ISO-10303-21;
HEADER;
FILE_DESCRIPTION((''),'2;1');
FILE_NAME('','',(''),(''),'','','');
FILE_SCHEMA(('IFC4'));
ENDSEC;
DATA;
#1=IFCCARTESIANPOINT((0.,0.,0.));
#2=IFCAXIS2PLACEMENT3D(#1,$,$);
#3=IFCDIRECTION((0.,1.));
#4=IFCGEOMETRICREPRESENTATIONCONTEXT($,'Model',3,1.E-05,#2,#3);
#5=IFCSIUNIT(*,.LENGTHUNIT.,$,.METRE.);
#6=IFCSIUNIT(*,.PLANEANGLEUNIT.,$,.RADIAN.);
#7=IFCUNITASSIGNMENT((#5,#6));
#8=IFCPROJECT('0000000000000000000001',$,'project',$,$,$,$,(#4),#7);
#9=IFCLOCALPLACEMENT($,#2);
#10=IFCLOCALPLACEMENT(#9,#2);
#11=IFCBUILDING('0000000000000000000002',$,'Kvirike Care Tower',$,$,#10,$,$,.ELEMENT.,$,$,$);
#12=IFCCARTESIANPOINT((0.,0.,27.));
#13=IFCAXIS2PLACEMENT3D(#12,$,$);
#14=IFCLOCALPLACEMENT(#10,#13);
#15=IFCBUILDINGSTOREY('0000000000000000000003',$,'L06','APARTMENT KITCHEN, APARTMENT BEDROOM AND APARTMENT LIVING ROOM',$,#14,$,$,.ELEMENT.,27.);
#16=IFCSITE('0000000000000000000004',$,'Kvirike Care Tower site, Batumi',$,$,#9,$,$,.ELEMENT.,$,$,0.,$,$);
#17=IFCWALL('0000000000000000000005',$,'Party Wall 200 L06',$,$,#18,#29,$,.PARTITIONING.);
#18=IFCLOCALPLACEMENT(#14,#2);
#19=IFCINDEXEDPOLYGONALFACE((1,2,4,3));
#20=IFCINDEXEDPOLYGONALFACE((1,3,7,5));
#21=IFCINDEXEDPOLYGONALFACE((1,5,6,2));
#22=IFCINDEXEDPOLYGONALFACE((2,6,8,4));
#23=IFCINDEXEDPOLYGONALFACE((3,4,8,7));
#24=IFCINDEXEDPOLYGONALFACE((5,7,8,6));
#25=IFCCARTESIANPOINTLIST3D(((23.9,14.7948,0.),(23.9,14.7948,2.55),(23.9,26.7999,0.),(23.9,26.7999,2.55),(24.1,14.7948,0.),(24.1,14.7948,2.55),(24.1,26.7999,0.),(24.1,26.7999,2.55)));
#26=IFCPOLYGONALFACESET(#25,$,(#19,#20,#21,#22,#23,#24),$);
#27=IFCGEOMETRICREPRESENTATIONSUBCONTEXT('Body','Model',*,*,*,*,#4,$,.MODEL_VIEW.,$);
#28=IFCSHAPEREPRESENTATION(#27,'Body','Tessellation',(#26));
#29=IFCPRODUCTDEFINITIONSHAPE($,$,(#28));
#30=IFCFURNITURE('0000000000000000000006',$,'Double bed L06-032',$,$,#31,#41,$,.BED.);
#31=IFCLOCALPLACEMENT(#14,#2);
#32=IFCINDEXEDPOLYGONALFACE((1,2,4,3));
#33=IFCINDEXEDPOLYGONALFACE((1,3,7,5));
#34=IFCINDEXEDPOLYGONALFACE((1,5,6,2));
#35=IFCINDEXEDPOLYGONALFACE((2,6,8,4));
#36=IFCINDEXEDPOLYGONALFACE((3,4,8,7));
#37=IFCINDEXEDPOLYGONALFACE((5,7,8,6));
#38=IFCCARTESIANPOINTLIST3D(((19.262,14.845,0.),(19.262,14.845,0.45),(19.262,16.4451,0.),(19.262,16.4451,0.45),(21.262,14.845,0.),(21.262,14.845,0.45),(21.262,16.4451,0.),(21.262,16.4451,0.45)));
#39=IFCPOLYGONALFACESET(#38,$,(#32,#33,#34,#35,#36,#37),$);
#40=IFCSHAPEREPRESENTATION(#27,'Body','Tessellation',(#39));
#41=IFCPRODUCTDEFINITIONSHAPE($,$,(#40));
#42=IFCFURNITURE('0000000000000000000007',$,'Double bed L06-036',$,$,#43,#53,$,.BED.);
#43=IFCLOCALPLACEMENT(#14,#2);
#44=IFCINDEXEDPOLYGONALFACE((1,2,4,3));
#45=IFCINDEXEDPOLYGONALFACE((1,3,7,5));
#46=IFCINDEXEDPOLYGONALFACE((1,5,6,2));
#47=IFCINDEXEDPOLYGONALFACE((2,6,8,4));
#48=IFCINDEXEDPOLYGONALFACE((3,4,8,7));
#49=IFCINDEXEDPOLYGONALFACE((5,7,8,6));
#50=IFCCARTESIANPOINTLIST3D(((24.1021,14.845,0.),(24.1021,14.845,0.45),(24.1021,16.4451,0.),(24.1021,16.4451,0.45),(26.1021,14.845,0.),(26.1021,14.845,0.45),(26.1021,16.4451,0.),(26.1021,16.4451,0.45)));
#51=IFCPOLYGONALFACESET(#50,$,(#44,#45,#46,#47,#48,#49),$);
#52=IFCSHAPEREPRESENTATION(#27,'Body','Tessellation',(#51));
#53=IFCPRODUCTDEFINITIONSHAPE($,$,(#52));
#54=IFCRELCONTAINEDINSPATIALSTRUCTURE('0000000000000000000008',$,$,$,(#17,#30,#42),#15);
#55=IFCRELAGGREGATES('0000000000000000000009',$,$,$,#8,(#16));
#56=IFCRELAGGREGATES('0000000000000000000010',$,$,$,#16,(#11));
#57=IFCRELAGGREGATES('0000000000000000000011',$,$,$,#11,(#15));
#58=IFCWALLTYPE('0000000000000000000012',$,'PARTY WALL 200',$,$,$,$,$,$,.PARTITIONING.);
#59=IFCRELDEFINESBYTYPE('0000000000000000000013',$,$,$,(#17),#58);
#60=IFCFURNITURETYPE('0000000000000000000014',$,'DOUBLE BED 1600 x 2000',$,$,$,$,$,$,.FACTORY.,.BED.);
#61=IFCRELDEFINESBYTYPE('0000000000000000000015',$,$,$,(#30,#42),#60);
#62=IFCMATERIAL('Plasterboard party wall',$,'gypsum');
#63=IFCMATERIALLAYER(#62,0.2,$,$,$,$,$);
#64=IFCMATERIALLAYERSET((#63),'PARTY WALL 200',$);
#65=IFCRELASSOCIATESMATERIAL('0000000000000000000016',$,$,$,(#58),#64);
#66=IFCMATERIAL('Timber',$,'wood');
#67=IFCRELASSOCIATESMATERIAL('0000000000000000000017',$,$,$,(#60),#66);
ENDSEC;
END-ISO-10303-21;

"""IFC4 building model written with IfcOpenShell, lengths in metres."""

from ifc_helpers import new_model, si_unit, direction, frame, frame_2d, origin, origin_2d, place, context, subcontext, project, spatial, rectangle, extrude, material, layer, layer_set, type_object, element, save


model = new_model("IFC4")

# Units and contexts
model_context = context("Model", 3, precision=1e-05, world=origin(), true_north=direction((0.0, 1.0)))
body_context = subcontext(model_context, "Body", "Model", "MODEL_VIEW")
ifc_project = project(units=[si_unit("LENGTHUNIT", "METRE"), si_unit("PLANEANGLEUNIT", "RADIAN")], contexts=[model_context])

# Site, building, storey
site_placement = place(None, origin())
site = spatial("IfcSite", under=ifc_project, at=site_placement, Name="Kvirike Care Tower site, Batumi", CompositionType="ELEMENT", RefElevation=0.0)
building_placement = place(site_placement, origin())
building = spatial("IfcBuilding", under=site, at=building_placement, Name="Kvirike Care Tower", CompositionType="ELEMENT")
storey_placement = place(building_placement, frame((0.0, 0.0, 27.0)))
storey = spatial("IfcBuildingStorey", under=building, at=storey_placement, Name="L06", Description="APARTMENT KITCHEN, APARTMENT BEDROOM AND APARTMENT LIVING ROOM", CompositionType="ELEMENT", Elevation=27.0)

# Wall
ifc_material_1 = material(Name="Plasterboard party wall", Category="gypsum")
ifc_layer_1 = layer(ifc_material_1, 0.2)
ifc_layer_set_1 = layer_set([ifc_layer_1], Name="PARTY WALL 200")
wall_type_1 = type_object("IfcWallType", Name="PARTY WALL 200", PredefinedType="PARTITIONING", material=ifc_layer_set_1)
wall_1_placement = place(storey_placement, frame((24.0, 14.7949, 0.0), z_axis=(0.0, 0.0, 1.0), x_axis=(0.0, 1.0, 0.0)))
element("IfcWall", 1, at=wall_1_placement, inside=storey, type_object=wall_type_1, Name="Party Wall 200 L06", PredefinedType="PARTITIONING", context=body_context, shape_type="SweptSolid", body=[
    extrude(rectangle(XDim=12.0051, YDim=0.2, at=frame_2d((6.0024, 0.0))), origin(), (0.0, 0.0, 1.0), 2.55),
])

# Furniture
ifc_material_2 = material(Name="Timber", Category="wood")
furniture_type = type_object("IfcFurnitureType", Name="DOUBLE BED 1600 x 2000", AssemblyPlace="FACTORY", PredefinedType="BED", material=ifc_material_2)
for number, where, z_axis, x_axis, name in (
    (2, (20.262, 15.645, 0.0), (0.0, 0.0, 1.0), (0.0, 1.0, 0.0), "Double bed L06-032"),
    (3, (25.1021, 15.645, 0.0), (0.0, 0.0, 1.0), (0.0, 1.0, 0.0), "Double bed L06-036"),
):
    element("IfcFurniture", number, at=place(storey_placement, frame(where, z_axis=z_axis, x_axis=x_axis)), inside=storey, type_object=furniture_type, Name=name, PredefinedType="BED", context=body_context, shape_type="SweptSolid", body=[
        extrude(rectangle(XDim=1.6001, YDim=2.0, at=origin_2d()), origin(), (0.0, 0.0, 1.0), 0.45),
    ])

save(model, "model.ifc")
